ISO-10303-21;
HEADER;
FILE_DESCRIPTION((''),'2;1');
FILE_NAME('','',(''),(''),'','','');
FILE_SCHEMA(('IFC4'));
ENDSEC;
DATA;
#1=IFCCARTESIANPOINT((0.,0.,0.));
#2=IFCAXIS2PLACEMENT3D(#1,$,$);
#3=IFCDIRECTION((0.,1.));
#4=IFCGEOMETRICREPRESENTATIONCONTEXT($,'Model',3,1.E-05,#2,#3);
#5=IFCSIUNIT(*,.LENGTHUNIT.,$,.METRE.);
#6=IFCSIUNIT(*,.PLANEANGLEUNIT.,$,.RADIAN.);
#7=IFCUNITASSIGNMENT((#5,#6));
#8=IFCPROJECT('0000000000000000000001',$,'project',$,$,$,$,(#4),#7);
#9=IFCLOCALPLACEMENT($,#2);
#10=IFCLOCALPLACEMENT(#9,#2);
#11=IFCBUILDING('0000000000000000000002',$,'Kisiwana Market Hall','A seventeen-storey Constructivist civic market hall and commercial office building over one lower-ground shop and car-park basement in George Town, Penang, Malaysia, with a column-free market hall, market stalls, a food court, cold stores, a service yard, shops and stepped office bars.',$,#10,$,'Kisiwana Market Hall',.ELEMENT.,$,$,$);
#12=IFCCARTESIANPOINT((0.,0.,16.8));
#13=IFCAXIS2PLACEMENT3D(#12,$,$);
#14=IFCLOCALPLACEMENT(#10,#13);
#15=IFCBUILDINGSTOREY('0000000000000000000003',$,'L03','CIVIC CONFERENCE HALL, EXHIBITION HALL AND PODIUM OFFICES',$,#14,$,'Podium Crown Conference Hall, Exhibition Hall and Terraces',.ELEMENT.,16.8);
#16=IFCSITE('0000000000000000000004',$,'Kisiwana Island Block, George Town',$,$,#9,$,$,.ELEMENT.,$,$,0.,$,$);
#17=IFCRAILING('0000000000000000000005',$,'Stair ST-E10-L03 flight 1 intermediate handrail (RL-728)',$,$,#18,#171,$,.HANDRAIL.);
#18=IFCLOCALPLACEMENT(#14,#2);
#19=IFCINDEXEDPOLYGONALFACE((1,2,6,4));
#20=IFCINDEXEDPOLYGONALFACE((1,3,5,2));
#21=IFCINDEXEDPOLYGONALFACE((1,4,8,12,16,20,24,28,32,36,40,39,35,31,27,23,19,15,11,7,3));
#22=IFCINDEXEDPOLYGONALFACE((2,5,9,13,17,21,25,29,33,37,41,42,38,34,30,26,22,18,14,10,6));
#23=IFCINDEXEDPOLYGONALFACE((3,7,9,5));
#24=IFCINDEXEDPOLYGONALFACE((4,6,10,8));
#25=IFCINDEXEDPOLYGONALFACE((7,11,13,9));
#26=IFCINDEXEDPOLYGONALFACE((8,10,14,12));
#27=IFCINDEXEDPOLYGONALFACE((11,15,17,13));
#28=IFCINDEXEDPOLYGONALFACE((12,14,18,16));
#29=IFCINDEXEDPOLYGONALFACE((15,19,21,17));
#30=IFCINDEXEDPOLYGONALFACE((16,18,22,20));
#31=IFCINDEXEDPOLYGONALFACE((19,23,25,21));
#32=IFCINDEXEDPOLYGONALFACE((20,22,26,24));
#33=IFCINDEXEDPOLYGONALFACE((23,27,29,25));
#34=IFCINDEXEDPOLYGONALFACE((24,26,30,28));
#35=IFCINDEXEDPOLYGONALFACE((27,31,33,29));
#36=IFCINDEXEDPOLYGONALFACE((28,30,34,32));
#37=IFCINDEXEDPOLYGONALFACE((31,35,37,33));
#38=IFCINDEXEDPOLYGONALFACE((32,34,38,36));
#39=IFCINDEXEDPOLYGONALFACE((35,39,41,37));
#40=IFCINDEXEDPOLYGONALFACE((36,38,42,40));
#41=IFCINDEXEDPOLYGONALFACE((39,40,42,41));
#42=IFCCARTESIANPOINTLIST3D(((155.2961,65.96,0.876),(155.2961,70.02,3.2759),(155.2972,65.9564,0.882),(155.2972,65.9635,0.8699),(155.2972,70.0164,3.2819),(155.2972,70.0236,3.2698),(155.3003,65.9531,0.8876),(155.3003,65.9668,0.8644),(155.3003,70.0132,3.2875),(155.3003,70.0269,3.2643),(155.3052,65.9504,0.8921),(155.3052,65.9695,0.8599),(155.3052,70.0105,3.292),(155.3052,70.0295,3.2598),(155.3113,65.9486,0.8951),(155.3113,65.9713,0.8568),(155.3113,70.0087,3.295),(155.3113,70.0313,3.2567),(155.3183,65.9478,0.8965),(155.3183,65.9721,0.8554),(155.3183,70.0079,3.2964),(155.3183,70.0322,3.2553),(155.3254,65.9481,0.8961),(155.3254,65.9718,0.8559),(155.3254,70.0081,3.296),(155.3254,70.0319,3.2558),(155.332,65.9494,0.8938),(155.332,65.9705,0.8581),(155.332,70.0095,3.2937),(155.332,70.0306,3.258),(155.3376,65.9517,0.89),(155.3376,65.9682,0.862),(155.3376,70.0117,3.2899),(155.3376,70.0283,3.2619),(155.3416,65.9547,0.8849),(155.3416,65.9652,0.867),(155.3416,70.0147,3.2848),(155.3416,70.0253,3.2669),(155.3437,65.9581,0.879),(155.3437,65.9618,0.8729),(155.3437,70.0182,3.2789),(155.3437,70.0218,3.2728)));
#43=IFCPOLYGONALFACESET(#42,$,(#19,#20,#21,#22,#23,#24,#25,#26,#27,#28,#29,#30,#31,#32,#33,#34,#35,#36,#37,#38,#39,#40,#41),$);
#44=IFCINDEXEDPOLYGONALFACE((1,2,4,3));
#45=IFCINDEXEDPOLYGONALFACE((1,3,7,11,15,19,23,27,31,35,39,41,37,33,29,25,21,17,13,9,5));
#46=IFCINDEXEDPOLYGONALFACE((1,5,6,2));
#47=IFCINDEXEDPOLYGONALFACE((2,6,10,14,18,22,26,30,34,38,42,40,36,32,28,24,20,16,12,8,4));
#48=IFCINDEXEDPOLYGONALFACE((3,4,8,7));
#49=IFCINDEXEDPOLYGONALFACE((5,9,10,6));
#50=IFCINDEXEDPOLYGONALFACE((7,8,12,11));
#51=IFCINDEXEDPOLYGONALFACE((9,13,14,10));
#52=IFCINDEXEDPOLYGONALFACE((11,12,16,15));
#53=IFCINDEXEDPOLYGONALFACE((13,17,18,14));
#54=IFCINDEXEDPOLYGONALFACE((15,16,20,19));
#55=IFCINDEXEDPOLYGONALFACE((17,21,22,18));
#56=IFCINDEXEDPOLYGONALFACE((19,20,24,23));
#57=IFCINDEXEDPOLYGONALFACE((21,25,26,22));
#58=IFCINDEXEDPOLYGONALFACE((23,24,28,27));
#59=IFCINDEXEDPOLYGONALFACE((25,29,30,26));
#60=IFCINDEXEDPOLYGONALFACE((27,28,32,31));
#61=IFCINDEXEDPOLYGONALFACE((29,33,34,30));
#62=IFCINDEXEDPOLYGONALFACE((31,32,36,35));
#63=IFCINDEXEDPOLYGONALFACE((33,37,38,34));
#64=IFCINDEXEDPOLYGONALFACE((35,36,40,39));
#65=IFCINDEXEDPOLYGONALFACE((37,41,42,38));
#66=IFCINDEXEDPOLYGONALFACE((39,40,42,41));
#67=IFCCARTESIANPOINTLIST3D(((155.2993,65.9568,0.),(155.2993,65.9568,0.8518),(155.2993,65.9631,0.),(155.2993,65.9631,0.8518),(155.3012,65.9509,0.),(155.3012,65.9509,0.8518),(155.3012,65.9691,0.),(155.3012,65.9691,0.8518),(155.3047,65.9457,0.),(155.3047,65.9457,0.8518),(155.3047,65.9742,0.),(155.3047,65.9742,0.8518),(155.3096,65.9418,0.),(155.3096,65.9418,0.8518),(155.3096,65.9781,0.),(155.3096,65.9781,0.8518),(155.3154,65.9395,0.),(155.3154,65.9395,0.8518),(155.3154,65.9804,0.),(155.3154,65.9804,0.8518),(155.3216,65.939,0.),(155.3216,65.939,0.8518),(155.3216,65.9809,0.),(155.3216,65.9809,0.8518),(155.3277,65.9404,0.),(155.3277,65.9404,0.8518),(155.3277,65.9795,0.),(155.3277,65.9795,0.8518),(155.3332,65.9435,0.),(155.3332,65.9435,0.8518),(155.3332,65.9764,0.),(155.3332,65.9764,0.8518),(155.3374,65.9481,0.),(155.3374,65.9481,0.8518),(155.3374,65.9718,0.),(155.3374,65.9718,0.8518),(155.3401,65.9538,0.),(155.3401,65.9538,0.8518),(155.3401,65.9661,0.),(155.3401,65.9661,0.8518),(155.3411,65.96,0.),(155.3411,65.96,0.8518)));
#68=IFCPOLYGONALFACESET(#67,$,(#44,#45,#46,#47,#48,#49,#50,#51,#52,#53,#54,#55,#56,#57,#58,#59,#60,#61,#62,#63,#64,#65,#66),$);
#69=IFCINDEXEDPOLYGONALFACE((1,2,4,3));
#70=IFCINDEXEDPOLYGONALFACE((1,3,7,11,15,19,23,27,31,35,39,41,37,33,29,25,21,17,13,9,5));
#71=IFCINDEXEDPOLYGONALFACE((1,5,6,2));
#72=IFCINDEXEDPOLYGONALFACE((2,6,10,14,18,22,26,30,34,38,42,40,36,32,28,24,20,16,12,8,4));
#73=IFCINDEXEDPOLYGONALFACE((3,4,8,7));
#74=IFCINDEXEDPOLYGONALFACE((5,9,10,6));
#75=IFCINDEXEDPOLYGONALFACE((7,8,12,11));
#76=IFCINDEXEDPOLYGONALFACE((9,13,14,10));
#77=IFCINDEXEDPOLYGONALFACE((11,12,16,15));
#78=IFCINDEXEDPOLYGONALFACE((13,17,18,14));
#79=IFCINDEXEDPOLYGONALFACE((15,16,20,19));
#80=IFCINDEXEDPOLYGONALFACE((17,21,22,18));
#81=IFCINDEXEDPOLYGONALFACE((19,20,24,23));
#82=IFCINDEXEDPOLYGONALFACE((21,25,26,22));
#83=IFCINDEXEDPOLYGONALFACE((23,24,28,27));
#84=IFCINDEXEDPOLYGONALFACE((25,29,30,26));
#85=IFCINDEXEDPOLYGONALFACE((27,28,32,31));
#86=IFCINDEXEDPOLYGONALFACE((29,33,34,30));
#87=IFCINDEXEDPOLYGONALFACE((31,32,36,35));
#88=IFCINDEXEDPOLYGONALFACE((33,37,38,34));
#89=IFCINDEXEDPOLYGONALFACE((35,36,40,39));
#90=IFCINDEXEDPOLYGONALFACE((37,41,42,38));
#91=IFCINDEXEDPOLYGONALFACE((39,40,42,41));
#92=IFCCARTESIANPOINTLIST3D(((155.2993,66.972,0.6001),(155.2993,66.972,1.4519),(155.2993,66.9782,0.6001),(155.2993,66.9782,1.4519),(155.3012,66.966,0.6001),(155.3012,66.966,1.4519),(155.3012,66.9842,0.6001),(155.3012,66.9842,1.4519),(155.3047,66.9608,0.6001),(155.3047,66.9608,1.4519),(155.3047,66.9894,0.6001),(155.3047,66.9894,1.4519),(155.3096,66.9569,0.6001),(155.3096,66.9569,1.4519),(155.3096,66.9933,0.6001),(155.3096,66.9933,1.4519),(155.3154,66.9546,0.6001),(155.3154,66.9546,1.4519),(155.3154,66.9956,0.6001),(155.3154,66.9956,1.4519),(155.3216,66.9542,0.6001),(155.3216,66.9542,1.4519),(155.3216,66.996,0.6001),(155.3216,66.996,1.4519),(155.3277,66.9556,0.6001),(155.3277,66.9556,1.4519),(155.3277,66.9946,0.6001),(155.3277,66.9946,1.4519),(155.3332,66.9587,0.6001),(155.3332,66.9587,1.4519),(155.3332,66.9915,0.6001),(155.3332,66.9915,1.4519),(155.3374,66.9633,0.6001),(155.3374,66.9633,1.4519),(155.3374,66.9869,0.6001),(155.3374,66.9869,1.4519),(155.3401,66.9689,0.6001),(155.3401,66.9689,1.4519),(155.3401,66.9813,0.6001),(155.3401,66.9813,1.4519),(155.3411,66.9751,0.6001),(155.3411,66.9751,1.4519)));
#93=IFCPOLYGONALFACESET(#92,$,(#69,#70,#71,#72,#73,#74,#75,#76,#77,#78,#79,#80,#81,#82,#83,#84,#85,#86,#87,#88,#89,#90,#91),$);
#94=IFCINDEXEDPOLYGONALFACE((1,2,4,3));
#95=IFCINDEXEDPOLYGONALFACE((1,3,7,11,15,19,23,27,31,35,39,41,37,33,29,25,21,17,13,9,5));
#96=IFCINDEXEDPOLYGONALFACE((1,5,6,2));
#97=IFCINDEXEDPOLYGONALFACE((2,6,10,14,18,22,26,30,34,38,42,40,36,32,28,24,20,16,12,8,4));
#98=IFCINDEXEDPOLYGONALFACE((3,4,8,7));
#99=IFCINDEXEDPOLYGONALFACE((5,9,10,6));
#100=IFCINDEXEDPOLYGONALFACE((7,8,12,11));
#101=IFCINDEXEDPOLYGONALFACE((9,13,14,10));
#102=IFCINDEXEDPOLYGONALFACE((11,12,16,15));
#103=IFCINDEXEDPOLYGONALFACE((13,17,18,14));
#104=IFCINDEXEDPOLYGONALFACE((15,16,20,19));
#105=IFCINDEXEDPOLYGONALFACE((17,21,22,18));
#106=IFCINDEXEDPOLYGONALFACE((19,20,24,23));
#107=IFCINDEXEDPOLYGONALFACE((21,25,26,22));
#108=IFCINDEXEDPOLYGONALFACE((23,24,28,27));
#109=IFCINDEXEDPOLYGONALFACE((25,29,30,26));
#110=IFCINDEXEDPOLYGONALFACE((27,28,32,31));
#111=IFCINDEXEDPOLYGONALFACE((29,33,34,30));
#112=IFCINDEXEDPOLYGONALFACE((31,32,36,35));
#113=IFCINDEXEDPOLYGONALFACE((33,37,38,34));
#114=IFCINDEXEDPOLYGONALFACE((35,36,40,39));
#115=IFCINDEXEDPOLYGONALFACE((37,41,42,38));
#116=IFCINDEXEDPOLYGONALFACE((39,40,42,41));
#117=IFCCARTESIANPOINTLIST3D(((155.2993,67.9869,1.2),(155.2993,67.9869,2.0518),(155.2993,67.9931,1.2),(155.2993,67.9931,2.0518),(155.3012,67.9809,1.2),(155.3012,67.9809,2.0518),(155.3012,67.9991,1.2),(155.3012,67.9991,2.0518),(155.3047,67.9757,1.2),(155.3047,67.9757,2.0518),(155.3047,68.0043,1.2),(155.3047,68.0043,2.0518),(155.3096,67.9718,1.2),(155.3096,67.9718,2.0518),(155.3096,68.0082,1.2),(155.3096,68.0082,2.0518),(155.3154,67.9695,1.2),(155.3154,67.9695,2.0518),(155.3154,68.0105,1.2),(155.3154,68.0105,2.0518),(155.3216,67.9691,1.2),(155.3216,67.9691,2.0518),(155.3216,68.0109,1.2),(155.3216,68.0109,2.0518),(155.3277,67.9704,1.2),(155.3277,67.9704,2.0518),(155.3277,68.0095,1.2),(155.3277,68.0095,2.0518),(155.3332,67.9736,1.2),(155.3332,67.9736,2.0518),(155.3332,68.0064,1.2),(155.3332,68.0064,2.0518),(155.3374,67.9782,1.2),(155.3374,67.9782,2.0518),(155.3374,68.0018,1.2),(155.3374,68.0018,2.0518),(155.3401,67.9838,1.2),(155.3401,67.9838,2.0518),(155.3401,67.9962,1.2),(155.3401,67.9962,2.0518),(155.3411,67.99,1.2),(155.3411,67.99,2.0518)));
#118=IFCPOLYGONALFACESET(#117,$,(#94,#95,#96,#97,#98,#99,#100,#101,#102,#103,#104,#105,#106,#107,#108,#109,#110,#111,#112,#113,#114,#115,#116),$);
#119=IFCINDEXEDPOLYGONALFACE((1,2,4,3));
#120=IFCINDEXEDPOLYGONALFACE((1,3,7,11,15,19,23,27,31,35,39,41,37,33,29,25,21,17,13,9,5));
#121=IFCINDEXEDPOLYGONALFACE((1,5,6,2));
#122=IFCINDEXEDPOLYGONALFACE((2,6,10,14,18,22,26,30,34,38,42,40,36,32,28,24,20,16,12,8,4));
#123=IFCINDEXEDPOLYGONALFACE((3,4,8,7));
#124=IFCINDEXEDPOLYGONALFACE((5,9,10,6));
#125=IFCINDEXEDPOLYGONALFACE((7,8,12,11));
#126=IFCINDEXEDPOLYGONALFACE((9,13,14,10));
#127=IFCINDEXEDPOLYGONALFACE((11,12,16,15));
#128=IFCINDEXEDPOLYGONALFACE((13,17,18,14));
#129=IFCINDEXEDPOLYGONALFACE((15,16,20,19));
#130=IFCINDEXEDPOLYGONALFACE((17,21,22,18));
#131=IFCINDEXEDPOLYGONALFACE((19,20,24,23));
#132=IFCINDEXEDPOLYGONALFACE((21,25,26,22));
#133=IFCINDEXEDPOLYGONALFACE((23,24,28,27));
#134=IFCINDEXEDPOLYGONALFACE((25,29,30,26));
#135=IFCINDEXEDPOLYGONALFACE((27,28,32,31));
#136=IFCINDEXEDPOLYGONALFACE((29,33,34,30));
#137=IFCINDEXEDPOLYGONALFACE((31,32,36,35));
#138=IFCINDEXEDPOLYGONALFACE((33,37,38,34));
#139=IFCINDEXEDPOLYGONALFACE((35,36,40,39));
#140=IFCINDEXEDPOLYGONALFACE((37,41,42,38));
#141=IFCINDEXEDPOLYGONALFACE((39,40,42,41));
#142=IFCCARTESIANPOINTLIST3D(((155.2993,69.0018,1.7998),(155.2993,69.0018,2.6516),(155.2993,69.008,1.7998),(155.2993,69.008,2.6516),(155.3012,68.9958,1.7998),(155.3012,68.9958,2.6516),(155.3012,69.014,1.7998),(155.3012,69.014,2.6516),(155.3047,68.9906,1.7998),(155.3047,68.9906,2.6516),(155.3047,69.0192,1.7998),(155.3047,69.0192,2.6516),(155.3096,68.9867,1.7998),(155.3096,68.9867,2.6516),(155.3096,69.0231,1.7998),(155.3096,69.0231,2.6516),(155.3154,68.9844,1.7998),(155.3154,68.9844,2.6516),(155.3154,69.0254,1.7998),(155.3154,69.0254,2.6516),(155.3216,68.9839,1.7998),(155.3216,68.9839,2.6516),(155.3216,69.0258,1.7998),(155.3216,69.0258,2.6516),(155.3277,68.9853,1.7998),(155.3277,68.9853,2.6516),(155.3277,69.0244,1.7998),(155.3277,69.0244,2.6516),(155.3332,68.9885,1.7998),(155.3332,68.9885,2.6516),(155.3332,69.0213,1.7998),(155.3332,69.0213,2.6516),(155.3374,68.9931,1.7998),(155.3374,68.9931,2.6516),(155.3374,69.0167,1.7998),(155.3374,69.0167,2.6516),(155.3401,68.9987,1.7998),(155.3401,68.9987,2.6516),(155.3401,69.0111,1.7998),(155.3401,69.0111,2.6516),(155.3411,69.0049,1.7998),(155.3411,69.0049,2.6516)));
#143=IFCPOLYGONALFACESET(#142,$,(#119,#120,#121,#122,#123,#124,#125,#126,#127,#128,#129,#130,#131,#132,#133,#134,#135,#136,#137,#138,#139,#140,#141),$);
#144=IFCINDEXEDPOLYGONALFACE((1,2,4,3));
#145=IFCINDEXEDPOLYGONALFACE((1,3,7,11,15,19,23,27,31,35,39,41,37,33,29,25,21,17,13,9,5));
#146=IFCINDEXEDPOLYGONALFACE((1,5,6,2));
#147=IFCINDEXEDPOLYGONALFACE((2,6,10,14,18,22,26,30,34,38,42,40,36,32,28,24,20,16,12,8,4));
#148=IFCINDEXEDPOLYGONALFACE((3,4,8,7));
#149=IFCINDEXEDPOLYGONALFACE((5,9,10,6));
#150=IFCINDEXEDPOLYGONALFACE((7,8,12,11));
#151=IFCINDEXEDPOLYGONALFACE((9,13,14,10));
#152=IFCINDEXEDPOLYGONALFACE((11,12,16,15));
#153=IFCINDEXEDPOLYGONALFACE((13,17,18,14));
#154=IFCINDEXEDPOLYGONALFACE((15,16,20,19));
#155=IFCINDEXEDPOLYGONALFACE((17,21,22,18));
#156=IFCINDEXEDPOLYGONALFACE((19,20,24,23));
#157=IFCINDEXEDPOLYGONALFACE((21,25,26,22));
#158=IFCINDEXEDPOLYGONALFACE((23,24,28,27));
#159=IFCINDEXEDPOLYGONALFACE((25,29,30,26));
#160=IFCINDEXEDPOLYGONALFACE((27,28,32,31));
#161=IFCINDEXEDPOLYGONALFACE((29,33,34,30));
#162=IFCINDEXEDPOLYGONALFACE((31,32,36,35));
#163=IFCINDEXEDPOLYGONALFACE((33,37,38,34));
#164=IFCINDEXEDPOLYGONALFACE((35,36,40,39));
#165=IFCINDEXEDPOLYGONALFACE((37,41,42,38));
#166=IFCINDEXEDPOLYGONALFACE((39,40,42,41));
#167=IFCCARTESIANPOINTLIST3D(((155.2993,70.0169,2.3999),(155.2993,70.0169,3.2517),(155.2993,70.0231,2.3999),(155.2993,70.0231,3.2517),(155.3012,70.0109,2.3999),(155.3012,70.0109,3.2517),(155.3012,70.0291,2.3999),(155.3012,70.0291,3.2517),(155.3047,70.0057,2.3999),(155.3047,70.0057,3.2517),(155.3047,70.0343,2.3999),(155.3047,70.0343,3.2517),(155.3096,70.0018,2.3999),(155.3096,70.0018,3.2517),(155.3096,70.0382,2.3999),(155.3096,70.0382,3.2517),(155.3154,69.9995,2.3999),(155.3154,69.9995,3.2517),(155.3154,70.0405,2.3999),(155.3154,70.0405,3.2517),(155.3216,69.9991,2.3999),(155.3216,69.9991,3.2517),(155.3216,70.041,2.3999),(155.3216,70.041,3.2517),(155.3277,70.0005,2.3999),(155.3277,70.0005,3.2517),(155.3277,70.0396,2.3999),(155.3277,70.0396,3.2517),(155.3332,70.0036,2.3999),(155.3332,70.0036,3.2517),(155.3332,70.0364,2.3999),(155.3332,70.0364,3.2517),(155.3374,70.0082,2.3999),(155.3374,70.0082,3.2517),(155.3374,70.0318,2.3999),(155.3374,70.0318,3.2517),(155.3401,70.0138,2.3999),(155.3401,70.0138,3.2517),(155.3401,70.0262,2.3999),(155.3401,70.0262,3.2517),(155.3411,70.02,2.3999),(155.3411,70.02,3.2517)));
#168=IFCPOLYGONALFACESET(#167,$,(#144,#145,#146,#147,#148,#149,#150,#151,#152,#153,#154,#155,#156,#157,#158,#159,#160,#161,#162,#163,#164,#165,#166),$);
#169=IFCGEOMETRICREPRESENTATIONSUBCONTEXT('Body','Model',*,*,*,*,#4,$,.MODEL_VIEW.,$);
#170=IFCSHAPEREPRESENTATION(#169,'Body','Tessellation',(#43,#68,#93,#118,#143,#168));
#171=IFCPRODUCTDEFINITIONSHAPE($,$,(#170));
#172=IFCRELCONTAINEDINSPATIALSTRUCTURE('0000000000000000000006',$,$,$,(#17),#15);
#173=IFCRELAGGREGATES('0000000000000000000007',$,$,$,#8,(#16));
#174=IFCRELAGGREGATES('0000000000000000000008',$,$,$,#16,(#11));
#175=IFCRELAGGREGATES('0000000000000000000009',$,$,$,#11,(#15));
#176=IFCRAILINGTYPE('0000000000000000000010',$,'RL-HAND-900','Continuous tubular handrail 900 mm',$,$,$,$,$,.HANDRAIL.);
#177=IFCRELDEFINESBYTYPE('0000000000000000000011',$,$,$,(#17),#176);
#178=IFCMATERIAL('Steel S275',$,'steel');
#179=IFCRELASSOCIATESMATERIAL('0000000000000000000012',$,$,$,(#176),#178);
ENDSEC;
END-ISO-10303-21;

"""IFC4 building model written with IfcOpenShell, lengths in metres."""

from ifc_helpers import new_model, si_unit, direction, frame, origin, origin_2d, place, context, subcontext, project, spatial, circle, extrude, material, type_object, element, save


model = new_model("IFC4")

# Units and contexts
model_context = context("Model", 3, precision=1e-05, world=origin(), true_north=direction((0.0, 1.0)))
body_context = subcontext(model_context, "Body", "Model", "MODEL_VIEW")
ifc_project = project(units=[si_unit("LENGTHUNIT", "METRE"), si_unit("PLANEANGLEUNIT", "RADIAN")], contexts=[model_context])

# Site, building, storey
site_placement = place(None, origin())
site = spatial("IfcSite", under=ifc_project, at=site_placement, Name="Kisiwana Island Block, George Town", CompositionType="ELEMENT", RefElevation=0.0)
building_placement = place(site_placement, origin())
building = spatial("IfcBuilding", under=site, at=building_placement, Name="Kisiwana Market Hall", Description="A seventeen-storey Constructivist civic market hall and commercial office building over one lower-ground shop and car-park basement in George Town, Penang, Malaysia, with a column-free market hall, market stalls, a food court, cold stores, a service yard, shops and stepped office bars.", LongName="Kisiwana Market Hall", CompositionType="ELEMENT")
storey_placement = place(building_placement, frame((0.0, 0.0, 16.8)))
storey = spatial("IfcBuildingStorey", under=building, at=storey_placement, Name="L03", Description="CIVIC CONFERENCE HALL, EXHIBITION HALL AND PODIUM OFFICES", LongName="Podium Crown Conference Hall, Exhibition Hall and Terraces", CompositionType="ELEMENT", Elevation=16.8)

# Railing
ifc_material_1 = material(Name="Steel S275", Category="steel")
railing_type_1 = type_object("IfcRailingType", Name="RL-HAND-900", Description="Continuous tubular handrail 900 mm", PredefinedType="HANDRAIL", material=ifc_material_1)
for number, where, name in (
    (1, (155.3201, 65.96, 0.0), "Stair ST-E10-L03 flight 1 intermediate handrail (RL-728)"),
):
    element("IfcRailing", number, at=place(storey_placement, frame(where)), inside=storey, type_object=railing_type_1, Name=name, PredefinedType="HANDRAIL", context=body_context, shape_type="SweptSolid", body=[
        extrude(circle(Radius=0.0239, at=origin_2d()), frame((0.0, 0.0, 0.876), z_axis=(0.0, 0.860854, 0.508851), x_axis=(-1.0, 0.0, 0.0)), (0.0, 0.0, 1.0), 4.7163),
        extrude(circle(Radius=0.021, at=origin_2d()), origin(), (0.0, 0.0, 1.0), 0.8518),
        extrude(circle(Radius=0.021, at=origin_2d()), frame((0.0, 1.0151, 0.6001)), (0.0, 0.0, 1.0), 0.8518),
        extrude(circle(Radius=0.021, at=origin_2d()), frame((0.0, 2.03, 1.2)), (0.0, 0.0, 1.0), 0.8518),
        extrude(circle(Radius=0.021, at=origin_2d()), frame((0.0, 3.0449, 1.7998)), (0.0, 0.0, 1.0), 0.8518),
        extrude(circle(Radius=0.021, at=origin_2d()), frame((0.0, 4.0601, 2.3999)), (0.0, 0.0, 1.0), 0.8518),
    ])

save(model, "model.ifc")
